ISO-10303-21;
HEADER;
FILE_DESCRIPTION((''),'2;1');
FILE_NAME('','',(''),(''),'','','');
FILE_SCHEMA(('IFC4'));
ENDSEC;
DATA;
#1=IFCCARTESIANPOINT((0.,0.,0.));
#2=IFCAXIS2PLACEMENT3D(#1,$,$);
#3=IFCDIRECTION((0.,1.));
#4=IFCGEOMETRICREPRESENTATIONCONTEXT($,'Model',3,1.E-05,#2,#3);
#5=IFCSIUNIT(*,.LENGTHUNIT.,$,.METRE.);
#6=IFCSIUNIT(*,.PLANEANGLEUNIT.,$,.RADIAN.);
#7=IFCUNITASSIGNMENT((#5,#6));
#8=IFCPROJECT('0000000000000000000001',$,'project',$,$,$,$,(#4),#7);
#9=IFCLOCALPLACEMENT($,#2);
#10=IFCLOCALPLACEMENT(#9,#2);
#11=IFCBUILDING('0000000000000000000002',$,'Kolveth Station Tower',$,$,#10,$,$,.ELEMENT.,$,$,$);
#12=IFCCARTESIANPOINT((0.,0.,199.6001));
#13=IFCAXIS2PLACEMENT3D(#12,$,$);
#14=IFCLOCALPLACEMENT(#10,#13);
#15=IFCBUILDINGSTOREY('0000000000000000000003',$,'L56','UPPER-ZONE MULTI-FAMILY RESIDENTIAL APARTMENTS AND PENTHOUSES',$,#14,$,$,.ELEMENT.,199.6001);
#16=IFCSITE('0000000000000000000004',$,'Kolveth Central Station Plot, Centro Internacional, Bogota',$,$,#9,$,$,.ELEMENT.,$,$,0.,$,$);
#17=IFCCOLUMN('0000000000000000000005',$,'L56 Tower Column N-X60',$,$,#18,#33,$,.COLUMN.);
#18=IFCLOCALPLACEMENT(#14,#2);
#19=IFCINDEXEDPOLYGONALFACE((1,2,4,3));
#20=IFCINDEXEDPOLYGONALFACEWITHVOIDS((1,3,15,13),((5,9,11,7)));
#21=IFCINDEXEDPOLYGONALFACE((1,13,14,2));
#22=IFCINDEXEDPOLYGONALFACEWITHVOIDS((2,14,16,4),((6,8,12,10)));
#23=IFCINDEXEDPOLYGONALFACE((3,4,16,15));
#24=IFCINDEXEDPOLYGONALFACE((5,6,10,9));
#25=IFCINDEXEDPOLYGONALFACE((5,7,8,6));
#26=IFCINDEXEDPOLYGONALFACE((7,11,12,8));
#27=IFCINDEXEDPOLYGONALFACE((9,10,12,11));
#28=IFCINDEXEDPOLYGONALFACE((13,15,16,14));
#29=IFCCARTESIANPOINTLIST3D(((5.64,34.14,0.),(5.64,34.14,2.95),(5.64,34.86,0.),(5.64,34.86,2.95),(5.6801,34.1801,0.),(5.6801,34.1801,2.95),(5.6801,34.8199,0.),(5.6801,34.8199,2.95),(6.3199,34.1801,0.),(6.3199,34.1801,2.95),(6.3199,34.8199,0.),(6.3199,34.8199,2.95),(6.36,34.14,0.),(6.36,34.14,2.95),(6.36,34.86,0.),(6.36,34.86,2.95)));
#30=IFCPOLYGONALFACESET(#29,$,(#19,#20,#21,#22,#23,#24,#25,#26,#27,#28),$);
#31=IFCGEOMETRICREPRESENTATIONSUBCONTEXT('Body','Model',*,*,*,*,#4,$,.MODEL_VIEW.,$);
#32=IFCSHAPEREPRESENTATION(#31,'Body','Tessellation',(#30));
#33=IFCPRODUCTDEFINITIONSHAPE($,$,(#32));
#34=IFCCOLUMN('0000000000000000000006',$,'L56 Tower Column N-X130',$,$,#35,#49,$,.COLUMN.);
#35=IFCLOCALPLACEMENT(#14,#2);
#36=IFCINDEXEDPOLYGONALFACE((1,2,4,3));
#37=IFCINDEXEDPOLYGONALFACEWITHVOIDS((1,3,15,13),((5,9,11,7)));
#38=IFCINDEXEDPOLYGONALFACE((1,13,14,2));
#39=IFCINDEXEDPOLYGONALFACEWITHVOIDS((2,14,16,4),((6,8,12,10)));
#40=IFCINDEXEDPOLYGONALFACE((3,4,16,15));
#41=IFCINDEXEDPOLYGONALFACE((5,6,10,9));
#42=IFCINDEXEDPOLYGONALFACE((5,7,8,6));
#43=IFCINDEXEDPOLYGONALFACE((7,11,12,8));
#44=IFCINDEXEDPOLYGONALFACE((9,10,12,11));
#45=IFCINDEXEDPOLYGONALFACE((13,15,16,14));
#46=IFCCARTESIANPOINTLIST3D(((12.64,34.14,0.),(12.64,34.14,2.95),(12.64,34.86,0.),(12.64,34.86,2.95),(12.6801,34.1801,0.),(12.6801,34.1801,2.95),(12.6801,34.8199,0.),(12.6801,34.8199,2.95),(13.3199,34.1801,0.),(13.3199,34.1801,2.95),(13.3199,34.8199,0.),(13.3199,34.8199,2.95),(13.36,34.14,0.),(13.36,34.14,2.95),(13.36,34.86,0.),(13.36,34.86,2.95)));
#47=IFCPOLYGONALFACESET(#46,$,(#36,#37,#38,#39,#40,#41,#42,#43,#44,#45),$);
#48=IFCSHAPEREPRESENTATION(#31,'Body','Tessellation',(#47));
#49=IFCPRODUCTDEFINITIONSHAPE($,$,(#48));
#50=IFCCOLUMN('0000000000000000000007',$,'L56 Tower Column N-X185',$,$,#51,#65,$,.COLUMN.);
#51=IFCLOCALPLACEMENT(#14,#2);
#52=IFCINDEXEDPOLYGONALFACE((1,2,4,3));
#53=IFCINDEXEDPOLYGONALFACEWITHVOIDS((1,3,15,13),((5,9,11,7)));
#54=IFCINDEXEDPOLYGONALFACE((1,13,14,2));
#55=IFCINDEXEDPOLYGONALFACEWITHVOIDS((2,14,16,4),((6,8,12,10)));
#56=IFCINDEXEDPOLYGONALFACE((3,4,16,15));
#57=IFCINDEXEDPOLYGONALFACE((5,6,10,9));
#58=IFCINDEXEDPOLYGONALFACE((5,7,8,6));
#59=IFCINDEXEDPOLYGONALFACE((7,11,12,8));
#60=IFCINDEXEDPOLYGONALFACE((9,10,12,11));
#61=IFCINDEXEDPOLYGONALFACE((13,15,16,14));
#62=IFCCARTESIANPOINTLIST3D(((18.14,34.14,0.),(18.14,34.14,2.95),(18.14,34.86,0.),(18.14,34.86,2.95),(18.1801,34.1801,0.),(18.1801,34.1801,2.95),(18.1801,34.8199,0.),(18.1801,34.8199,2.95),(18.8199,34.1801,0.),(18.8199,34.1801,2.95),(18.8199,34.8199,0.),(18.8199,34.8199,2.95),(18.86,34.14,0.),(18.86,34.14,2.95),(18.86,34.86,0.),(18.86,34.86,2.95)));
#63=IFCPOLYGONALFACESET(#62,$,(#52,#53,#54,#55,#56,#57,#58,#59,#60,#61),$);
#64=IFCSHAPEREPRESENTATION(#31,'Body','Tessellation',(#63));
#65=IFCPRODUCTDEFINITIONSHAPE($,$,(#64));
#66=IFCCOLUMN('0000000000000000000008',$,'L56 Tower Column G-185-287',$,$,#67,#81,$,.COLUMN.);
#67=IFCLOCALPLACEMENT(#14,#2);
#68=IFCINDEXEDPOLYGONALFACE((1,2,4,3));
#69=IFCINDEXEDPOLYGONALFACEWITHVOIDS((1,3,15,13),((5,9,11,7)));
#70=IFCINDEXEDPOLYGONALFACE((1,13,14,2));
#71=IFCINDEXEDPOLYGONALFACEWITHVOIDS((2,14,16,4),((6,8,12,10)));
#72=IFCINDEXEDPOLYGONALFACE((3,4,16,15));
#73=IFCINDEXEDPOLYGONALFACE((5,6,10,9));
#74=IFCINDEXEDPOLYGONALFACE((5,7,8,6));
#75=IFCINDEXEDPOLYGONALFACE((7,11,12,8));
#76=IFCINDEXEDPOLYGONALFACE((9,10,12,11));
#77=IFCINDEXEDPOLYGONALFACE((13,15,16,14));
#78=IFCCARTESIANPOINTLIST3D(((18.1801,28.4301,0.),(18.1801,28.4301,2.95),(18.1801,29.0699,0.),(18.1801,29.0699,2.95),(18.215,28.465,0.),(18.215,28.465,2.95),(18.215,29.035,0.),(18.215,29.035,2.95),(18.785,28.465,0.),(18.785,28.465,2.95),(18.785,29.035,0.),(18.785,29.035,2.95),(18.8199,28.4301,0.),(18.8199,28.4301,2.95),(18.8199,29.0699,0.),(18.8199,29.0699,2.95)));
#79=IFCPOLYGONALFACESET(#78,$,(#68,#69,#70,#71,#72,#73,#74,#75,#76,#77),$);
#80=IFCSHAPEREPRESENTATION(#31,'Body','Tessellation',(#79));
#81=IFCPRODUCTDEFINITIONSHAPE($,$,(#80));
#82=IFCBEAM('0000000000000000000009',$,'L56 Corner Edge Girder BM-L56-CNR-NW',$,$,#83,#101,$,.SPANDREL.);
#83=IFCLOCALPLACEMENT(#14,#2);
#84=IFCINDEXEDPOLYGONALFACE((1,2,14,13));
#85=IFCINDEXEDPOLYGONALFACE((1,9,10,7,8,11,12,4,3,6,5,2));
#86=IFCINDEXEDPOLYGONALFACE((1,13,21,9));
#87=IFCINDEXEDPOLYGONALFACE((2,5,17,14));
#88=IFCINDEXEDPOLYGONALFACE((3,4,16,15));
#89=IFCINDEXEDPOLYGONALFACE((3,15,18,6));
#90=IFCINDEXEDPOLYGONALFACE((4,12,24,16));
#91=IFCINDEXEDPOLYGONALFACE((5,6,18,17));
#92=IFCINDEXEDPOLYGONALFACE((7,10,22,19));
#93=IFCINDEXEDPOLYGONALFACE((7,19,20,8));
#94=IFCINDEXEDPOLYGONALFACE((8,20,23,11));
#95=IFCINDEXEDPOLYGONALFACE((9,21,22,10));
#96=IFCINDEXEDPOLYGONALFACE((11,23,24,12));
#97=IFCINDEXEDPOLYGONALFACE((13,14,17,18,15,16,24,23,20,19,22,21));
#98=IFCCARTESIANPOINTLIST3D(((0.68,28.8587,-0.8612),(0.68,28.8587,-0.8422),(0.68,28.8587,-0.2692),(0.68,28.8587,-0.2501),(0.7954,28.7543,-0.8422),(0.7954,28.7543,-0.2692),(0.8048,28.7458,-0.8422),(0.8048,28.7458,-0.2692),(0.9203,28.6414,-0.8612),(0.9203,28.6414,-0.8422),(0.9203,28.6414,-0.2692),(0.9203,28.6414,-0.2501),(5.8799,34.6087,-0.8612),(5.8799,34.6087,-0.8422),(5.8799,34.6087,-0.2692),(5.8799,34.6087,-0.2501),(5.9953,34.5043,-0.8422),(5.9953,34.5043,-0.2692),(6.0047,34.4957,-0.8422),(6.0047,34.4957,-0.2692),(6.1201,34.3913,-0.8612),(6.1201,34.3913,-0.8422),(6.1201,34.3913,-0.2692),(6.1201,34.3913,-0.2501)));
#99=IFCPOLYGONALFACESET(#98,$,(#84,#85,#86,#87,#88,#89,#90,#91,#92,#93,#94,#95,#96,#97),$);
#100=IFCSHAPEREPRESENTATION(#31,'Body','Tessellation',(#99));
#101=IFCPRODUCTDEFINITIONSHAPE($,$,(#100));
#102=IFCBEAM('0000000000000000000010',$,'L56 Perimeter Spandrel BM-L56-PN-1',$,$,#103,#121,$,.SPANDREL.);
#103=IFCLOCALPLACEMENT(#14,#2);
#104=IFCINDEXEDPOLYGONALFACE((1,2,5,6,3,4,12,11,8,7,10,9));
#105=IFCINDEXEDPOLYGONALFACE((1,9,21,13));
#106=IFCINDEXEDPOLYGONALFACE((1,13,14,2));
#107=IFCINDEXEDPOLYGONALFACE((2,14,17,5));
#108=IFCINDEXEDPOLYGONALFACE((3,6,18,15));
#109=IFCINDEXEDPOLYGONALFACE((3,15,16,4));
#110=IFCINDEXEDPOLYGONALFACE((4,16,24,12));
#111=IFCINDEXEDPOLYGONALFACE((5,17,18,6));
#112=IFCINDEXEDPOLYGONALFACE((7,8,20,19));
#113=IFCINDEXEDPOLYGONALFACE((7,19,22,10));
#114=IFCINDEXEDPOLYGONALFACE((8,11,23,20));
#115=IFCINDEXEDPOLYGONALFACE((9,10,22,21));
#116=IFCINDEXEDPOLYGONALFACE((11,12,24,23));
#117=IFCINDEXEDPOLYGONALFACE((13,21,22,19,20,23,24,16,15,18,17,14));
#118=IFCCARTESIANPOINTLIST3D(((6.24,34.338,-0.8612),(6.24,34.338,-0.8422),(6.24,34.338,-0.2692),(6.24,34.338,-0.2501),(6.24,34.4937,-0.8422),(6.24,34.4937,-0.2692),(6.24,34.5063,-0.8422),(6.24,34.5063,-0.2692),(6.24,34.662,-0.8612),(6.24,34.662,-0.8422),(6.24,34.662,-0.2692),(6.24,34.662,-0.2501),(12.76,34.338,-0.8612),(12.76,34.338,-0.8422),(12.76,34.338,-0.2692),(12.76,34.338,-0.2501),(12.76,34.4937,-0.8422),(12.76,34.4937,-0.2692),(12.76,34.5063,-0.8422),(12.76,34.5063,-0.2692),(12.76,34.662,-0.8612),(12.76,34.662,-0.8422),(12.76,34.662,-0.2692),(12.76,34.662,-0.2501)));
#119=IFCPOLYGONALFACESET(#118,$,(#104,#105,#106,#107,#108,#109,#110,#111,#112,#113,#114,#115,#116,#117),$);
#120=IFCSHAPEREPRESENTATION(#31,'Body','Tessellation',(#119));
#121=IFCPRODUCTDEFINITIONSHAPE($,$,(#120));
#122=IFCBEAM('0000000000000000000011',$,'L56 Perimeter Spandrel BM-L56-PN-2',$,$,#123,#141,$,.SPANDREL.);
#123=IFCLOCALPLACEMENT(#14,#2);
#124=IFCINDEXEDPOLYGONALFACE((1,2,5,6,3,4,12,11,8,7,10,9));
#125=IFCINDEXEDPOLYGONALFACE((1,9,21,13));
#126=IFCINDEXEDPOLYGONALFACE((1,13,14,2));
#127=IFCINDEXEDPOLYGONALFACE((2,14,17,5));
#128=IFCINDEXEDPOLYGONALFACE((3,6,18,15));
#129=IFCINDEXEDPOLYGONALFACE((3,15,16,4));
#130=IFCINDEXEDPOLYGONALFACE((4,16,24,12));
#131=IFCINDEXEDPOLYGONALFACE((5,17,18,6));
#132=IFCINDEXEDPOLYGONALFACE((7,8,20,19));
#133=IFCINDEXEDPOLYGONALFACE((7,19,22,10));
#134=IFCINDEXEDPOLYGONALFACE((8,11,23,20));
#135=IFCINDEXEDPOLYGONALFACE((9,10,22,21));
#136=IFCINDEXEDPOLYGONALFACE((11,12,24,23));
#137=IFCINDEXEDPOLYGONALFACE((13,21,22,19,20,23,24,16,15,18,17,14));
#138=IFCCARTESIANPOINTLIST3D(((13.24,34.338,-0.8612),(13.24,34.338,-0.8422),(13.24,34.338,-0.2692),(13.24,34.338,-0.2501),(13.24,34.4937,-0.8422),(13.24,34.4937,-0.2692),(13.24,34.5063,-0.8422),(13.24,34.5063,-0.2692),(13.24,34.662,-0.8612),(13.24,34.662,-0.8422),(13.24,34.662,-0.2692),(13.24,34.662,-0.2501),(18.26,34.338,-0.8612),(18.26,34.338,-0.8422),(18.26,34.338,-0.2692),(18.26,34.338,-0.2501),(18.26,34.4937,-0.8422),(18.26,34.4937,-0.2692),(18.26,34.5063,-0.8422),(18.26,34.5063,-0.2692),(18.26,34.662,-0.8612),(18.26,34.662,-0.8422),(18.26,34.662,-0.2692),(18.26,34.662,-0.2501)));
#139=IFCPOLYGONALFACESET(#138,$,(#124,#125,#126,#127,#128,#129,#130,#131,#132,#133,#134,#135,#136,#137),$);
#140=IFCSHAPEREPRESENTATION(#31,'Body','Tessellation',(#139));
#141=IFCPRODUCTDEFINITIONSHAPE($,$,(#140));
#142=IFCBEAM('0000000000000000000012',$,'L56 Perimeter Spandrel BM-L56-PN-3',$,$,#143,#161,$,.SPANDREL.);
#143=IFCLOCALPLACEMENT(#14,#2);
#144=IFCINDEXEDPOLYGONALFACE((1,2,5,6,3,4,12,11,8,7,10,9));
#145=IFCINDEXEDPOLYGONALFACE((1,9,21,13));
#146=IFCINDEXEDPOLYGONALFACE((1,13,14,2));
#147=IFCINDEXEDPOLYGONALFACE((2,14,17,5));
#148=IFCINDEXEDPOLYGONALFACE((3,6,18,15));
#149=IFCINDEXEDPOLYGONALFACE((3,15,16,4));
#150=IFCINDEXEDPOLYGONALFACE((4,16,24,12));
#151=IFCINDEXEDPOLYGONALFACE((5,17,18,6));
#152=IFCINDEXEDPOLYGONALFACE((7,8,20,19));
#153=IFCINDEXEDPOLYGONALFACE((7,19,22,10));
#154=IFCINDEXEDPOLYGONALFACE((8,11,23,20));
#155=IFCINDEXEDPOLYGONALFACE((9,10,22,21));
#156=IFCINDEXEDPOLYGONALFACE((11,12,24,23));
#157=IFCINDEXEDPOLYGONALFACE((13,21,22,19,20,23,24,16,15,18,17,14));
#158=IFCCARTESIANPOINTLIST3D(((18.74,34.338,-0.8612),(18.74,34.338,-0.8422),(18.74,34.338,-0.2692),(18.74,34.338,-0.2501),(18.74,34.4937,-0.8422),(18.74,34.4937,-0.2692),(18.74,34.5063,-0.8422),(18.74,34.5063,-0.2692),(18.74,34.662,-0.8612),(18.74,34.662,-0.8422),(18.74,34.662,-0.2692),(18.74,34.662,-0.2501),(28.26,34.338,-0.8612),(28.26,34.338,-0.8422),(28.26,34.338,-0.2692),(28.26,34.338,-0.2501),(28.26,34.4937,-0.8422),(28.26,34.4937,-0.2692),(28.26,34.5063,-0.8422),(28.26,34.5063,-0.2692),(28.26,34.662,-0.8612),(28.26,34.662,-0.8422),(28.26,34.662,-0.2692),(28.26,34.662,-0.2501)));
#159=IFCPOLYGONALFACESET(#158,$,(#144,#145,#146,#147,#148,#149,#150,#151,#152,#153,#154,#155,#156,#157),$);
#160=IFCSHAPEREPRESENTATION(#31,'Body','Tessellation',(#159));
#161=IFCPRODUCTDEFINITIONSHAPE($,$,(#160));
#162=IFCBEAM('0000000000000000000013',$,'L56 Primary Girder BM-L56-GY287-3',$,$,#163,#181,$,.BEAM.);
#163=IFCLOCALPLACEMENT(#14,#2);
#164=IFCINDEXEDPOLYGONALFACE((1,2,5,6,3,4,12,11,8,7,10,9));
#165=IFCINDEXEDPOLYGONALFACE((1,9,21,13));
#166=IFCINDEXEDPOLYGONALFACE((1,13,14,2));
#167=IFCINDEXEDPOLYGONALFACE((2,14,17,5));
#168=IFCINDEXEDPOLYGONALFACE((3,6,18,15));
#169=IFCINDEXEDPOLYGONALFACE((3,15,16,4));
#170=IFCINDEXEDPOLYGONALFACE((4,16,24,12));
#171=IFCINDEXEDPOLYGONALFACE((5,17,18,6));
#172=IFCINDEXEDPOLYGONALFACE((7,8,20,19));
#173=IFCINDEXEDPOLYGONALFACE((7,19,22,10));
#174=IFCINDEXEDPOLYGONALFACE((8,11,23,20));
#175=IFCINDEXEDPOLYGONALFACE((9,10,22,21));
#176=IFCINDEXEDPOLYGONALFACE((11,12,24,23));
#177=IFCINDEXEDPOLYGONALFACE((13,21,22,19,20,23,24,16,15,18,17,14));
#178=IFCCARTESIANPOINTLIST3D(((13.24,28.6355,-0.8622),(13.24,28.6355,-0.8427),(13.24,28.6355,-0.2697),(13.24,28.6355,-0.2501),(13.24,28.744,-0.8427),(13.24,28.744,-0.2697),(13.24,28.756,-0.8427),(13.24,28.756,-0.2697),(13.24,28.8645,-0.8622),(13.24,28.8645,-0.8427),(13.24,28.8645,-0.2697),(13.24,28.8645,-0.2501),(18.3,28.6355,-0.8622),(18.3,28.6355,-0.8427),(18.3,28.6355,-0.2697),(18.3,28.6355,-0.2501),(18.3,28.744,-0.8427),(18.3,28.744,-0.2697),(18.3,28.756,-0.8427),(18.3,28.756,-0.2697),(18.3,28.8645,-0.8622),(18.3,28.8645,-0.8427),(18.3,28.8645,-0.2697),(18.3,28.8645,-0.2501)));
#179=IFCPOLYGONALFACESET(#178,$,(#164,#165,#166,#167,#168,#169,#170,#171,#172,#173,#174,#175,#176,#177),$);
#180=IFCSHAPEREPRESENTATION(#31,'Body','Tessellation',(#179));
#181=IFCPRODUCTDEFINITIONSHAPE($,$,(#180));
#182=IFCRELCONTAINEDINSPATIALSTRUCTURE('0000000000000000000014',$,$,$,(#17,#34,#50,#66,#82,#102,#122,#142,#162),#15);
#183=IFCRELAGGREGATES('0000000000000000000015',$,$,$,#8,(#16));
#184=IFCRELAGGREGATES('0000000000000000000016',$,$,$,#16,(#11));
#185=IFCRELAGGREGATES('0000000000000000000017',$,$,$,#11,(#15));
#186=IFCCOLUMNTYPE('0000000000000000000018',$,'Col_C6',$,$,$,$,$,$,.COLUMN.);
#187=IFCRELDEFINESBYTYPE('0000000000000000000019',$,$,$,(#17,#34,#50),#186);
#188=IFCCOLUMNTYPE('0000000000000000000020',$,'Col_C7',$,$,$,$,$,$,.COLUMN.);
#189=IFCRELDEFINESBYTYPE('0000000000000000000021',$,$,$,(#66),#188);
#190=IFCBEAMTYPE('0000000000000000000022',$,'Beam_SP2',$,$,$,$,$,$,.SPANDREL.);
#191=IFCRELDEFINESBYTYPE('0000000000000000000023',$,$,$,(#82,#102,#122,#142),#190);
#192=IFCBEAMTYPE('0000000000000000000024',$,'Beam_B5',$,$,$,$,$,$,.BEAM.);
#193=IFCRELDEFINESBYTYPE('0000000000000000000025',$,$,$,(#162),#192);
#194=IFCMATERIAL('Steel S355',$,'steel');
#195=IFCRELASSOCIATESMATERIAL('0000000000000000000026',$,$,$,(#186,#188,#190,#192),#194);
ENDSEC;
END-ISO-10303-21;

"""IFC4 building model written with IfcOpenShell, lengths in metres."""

from ifc_helpers import new_model, si_unit, direction, frame, origin, origin_2d, place, context, subcontext, project, spatial, hollow_rectangle, i_section, extrude, source, transform, mapped, material, material_profile, profile_set, type_object, element, save


model = new_model("IFC4")

# Units and contexts
model_context = context("Model", 3, precision=1e-05, world=origin(), true_north=direction((0.0, 1.0)))
body_context = subcontext(model_context, "Body", "Model", "MODEL_VIEW")
ifc_project = project(units=[si_unit("LENGTHUNIT", "METRE"), si_unit("PLANEANGLEUNIT", "RADIAN")], contexts=[model_context])

# Site, building, storey
site_placement = place(None, origin())
site = spatial("IfcSite", under=ifc_project, at=site_placement, Name="Kolveth Central Station Plot, Centro Internacional, Bogota", CompositionType="ELEMENT", RefElevation=0.0)
building_placement = place(site_placement, origin())
building = spatial("IfcBuilding", under=site, at=building_placement, Name="Kolveth Station Tower", CompositionType="ELEMENT")
storey_placement = place(building_placement, frame((0.0, 0.0, 199.6001)))
storey = spatial("IfcBuildingStorey", under=building, at=storey_placement, Name="L56", Description="UPPER-ZONE MULTI-FAMILY RESIDENTIAL APARTMENTS AND PENTHOUSES", CompositionType="ELEMENT", Elevation=199.6001)

# Columns
ifc_material_1 = material(Name="Steel S355", Category="steel")
ifc_material_profile_1 = material_profile(ifc_material_1, hollow_rectangle(XDim=0.72, YDim=0.72, WallThickness=0.04, at=origin_2d()), Name="BOX720x720x40")
ifc_profile_set_1 = profile_set([ifc_material_profile_1], Name="Steel S355")
column_type_1 = type_object("IfcColumnType", Name="Col_C6", PredefinedType="COLUMN", material=ifc_profile_set_1)
shared_shape_1 = source(origin(), body_context, "Body", "SweptSolid", [
    extrude(hollow_rectangle(XDim=0.72, YDim=0.72, WallThickness=0.04, at=origin_2d()), origin(), (0.0, 0.0, 1.0), 2.95),
])
for number, where, z_axis, x_axis, name in (
    (1, (6.0, 34.5, 0.0), (0.0, 0.0, 1.0), (1.0, 0.0, 0.0), "L56 Tower Column N-X60"),
    (2, (13.0, 34.5, 0.0), (0.0, 0.0, 1.0), (1.0, 0.0, 0.0), "L56 Tower Column N-X130"),
    (3, (18.5, 34.5, 0.0), (0.0, 0.0, 1.0), (1.0, 0.0, 0.0), "L56 Tower Column N-X185"),
):
    element("IfcColumn", number, at=place(storey_placement, frame(where, z_axis=z_axis, x_axis=x_axis)), inside=storey, type_object=column_type_1, Name=name, PredefinedType="COLUMN", context=body_context, shape_type="MappedRepresentation", body=[
        mapped(shared_shape_1, transform((0.0, 0.0, 0.0), x_axis=(1.0, 0.0, 0.0), y_axis=(0.0, 1.0, 0.0), z_axis=(0.0, 0.0, 1.0), scale=1.0)),
    ])
ifc_material_profile_2 = material_profile(ifc_material_1, hollow_rectangle(XDim=0.6399, YDim=0.6399, WallThickness=0.0349, at=origin_2d()), Name="BOX640x640x35")
ifc_profile_set_2 = profile_set([ifc_material_profile_2], Name="Steel S355")
column_type_2 = type_object("IfcColumnType", Name="Col_C7", PredefinedType="COLUMN", material=ifc_profile_set_2)
shared_shape_2 = source(origin(), body_context, "Body", "SweptSolid", [
    extrude(hollow_rectangle(XDim=0.6399, YDim=0.6399, WallThickness=0.0349, at=origin_2d()), origin(), (0.0, 0.0, 1.0), 2.95),
])
column_placement = place(storey_placement, frame((18.5, 28.75, 0.0), z_axis=(0.0, 0.0, 1.0), x_axis=(1.0, 0.0, 0.0)))
element("IfcColumn", 4, at=column_placement, inside=storey, type_object=column_type_2, Name="L56 Tower Column G-185-287", PredefinedType="COLUMN", context=body_context, shape_type="MappedRepresentation", body=[
    mapped(shared_shape_2, transform((0.0, 0.0, 0.0), x_axis=(1.0, 0.0, 0.0), y_axis=(0.0, 1.0, 0.0), z_axis=(0.0, 0.0, 1.0), scale=1.0)),
])

# Beams
ifc_material_profile_3 = material_profile(ifc_material_1, i_section(OverallWidth=0.324, OverallDepth=0.6111, WebThickness=0.0127, FlangeThickness=0.019, at=origin_2d()), Name="W610x155")
ifc_profile_set_3 = profile_set([ifc_material_profile_3], Name="Steel S355")
beam_type_1 = type_object("IfcBeamType", Name="Beam_SP2", PredefinedType="SPANDREL", material=ifc_profile_set_3)
shared_shape_3 = source(origin(), body_context, "Body", "SweptSolid", [
    extrude(i_section(OverallWidth=0.324, OverallDepth=0.6111, WebThickness=0.0127, FlangeThickness=0.019, at=origin_2d()), origin(), (0.0, 0.0, 1.0), 7.7524),
])
beam_1_placement = place(storey_placement, frame((6.0, 34.5, -0.5557), z_axis=(-0.670741, -0.741692, 0.0), x_axis=(0.741692, -0.670741, 0.0)))
element("IfcBeam", 5, at=beam_1_placement, inside=storey, type_object=beam_type_1, Name="L56 Corner Edge Girder BM-L56-CNR-NW", PredefinedType="SPANDREL", context=body_context, shape_type="MappedRepresentation", body=[
    mapped(shared_shape_3, transform((0.0, 0.0, 0.0), x_axis=(1.0, 0.0, 0.0), y_axis=(0.0, 1.0, 0.0), z_axis=(0.0, 0.0, 1.0), scale=1.0)),
])
shared_shape_4 = source(origin(), body_context, "Body", "SweptSolid", [
    extrude(i_section(OverallWidth=0.324, OverallDepth=0.6111, WebThickness=0.0127, FlangeThickness=0.019, at=origin_2d()), origin(), (0.0, 0.0, 1.0), 6.52),
])
beam_2_placement = place(storey_placement, frame((6.24, 34.5, -0.5557), z_axis=(1.0, 0.0, 0.0), x_axis=(0.0, 1.0, 0.0)))
element("IfcBeam", 6, at=beam_2_placement, inside=storey, type_object=beam_type_1, Name="L56 Perimeter Spandrel BM-L56-PN-1", PredefinedType="SPANDREL", context=body_context, shape_type="MappedRepresentation", body=[
    mapped(shared_shape_4, transform((0.0, 0.0, 0.0), x_axis=(1.0, 0.0, 0.0), y_axis=(0.0, 1.0, 0.0), z_axis=(0.0, 0.0, 1.0), scale=1.0)),
])
shared_shape_5 = source(origin(), body_context, "Body", "SweptSolid", [
    extrude(i_section(OverallWidth=0.324, OverallDepth=0.6111, WebThickness=0.0127, FlangeThickness=0.019, at=origin_2d()), origin(), (0.0, 0.0, 1.0), 5.02),
])
beam_3_placement = place(storey_placement, frame((13.24, 34.5, -0.5557), z_axis=(1.0, 0.0, 0.0), x_axis=(0.0, 1.0, 0.0)))
element("IfcBeam", 7, at=beam_3_placement, inside=storey, type_object=beam_type_1, Name="L56 Perimeter Spandrel BM-L56-PN-2", PredefinedType="SPANDREL", context=body_context, shape_type="MappedRepresentation", body=[
    mapped(shared_shape_5, transform((0.0, 0.0, 0.0), x_axis=(1.0, 0.0, 0.0), y_axis=(0.0, 1.0, 0.0), z_axis=(0.0, 0.0, 1.0), scale=1.0)),
])
shared_shape_6 = source(origin(), body_context, "Body", "SweptSolid", [
    extrude(i_section(OverallWidth=0.324, OverallDepth=0.6111, WebThickness=0.0127, FlangeThickness=0.019, at=origin_2d()), origin(), (0.0, 0.0, 1.0), 9.52),
])
beam_4_placement = place(storey_placement, frame((18.74, 34.5, -0.5557), z_axis=(1.0, 0.0, 0.0), x_axis=(0.0, 1.0, 0.0)))
element("IfcBeam", 8, at=beam_4_placement, inside=storey, type_object=beam_type_1, Name="L56 Perimeter Spandrel BM-L56-PN-3", PredefinedType="SPANDREL", context=body_context, shape_type="MappedRepresentation", body=[
    mapped(shared_shape_6, transform((0.0, 0.0, 0.0), x_axis=(1.0, 0.0, 0.0), y_axis=(0.0, 1.0, 0.0), z_axis=(0.0, 0.0, 1.0), scale=1.0)),
])
ifc_material_profile_4 = material_profile(ifc_material_1, i_section(OverallWidth=0.229, OverallDepth=0.6121, WebThickness=0.012, FlangeThickness=0.0195, at=origin_2d()), Name="W610x125")
ifc_profile_set_4 = profile_set([ifc_material_profile_4], Name="Steel S355")
beam_type_2 = type_object("IfcBeamType", Name="Beam_B5", PredefinedType="BEAM", material=ifc_profile_set_4)
shared_shape_7 = source(origin(), body_context, "Body", "SweptSolid", [
    extrude(i_section(OverallWidth=0.229, OverallDepth=0.6121, WebThickness=0.012, FlangeThickness=0.0195, at=origin_2d()), origin(), (0.0, 0.0, 1.0), 5.0601),
])
beam_5_placement = place(storey_placement, frame((13.24, 28.75, -0.5562), z_axis=(1.0, 0.0, 0.0), x_axis=(0.0, 1.0, 0.0)))
element("IfcBeam", 9, at=beam_5_placement, inside=storey, type_object=beam_type_2, Name="L56 Primary Girder BM-L56-GY287-3", PredefinedType="BEAM", context=body_context, shape_type="MappedRepresentation", body=[
    mapped(shared_shape_7, transform((0.0, 0.0, 0.0), x_axis=(1.0, 0.0, 0.0), y_axis=(0.0, 1.0, 0.0), z_axis=(0.0, 0.0, 1.0), scale=1.0)),
])

save(model, "model.ifc")
